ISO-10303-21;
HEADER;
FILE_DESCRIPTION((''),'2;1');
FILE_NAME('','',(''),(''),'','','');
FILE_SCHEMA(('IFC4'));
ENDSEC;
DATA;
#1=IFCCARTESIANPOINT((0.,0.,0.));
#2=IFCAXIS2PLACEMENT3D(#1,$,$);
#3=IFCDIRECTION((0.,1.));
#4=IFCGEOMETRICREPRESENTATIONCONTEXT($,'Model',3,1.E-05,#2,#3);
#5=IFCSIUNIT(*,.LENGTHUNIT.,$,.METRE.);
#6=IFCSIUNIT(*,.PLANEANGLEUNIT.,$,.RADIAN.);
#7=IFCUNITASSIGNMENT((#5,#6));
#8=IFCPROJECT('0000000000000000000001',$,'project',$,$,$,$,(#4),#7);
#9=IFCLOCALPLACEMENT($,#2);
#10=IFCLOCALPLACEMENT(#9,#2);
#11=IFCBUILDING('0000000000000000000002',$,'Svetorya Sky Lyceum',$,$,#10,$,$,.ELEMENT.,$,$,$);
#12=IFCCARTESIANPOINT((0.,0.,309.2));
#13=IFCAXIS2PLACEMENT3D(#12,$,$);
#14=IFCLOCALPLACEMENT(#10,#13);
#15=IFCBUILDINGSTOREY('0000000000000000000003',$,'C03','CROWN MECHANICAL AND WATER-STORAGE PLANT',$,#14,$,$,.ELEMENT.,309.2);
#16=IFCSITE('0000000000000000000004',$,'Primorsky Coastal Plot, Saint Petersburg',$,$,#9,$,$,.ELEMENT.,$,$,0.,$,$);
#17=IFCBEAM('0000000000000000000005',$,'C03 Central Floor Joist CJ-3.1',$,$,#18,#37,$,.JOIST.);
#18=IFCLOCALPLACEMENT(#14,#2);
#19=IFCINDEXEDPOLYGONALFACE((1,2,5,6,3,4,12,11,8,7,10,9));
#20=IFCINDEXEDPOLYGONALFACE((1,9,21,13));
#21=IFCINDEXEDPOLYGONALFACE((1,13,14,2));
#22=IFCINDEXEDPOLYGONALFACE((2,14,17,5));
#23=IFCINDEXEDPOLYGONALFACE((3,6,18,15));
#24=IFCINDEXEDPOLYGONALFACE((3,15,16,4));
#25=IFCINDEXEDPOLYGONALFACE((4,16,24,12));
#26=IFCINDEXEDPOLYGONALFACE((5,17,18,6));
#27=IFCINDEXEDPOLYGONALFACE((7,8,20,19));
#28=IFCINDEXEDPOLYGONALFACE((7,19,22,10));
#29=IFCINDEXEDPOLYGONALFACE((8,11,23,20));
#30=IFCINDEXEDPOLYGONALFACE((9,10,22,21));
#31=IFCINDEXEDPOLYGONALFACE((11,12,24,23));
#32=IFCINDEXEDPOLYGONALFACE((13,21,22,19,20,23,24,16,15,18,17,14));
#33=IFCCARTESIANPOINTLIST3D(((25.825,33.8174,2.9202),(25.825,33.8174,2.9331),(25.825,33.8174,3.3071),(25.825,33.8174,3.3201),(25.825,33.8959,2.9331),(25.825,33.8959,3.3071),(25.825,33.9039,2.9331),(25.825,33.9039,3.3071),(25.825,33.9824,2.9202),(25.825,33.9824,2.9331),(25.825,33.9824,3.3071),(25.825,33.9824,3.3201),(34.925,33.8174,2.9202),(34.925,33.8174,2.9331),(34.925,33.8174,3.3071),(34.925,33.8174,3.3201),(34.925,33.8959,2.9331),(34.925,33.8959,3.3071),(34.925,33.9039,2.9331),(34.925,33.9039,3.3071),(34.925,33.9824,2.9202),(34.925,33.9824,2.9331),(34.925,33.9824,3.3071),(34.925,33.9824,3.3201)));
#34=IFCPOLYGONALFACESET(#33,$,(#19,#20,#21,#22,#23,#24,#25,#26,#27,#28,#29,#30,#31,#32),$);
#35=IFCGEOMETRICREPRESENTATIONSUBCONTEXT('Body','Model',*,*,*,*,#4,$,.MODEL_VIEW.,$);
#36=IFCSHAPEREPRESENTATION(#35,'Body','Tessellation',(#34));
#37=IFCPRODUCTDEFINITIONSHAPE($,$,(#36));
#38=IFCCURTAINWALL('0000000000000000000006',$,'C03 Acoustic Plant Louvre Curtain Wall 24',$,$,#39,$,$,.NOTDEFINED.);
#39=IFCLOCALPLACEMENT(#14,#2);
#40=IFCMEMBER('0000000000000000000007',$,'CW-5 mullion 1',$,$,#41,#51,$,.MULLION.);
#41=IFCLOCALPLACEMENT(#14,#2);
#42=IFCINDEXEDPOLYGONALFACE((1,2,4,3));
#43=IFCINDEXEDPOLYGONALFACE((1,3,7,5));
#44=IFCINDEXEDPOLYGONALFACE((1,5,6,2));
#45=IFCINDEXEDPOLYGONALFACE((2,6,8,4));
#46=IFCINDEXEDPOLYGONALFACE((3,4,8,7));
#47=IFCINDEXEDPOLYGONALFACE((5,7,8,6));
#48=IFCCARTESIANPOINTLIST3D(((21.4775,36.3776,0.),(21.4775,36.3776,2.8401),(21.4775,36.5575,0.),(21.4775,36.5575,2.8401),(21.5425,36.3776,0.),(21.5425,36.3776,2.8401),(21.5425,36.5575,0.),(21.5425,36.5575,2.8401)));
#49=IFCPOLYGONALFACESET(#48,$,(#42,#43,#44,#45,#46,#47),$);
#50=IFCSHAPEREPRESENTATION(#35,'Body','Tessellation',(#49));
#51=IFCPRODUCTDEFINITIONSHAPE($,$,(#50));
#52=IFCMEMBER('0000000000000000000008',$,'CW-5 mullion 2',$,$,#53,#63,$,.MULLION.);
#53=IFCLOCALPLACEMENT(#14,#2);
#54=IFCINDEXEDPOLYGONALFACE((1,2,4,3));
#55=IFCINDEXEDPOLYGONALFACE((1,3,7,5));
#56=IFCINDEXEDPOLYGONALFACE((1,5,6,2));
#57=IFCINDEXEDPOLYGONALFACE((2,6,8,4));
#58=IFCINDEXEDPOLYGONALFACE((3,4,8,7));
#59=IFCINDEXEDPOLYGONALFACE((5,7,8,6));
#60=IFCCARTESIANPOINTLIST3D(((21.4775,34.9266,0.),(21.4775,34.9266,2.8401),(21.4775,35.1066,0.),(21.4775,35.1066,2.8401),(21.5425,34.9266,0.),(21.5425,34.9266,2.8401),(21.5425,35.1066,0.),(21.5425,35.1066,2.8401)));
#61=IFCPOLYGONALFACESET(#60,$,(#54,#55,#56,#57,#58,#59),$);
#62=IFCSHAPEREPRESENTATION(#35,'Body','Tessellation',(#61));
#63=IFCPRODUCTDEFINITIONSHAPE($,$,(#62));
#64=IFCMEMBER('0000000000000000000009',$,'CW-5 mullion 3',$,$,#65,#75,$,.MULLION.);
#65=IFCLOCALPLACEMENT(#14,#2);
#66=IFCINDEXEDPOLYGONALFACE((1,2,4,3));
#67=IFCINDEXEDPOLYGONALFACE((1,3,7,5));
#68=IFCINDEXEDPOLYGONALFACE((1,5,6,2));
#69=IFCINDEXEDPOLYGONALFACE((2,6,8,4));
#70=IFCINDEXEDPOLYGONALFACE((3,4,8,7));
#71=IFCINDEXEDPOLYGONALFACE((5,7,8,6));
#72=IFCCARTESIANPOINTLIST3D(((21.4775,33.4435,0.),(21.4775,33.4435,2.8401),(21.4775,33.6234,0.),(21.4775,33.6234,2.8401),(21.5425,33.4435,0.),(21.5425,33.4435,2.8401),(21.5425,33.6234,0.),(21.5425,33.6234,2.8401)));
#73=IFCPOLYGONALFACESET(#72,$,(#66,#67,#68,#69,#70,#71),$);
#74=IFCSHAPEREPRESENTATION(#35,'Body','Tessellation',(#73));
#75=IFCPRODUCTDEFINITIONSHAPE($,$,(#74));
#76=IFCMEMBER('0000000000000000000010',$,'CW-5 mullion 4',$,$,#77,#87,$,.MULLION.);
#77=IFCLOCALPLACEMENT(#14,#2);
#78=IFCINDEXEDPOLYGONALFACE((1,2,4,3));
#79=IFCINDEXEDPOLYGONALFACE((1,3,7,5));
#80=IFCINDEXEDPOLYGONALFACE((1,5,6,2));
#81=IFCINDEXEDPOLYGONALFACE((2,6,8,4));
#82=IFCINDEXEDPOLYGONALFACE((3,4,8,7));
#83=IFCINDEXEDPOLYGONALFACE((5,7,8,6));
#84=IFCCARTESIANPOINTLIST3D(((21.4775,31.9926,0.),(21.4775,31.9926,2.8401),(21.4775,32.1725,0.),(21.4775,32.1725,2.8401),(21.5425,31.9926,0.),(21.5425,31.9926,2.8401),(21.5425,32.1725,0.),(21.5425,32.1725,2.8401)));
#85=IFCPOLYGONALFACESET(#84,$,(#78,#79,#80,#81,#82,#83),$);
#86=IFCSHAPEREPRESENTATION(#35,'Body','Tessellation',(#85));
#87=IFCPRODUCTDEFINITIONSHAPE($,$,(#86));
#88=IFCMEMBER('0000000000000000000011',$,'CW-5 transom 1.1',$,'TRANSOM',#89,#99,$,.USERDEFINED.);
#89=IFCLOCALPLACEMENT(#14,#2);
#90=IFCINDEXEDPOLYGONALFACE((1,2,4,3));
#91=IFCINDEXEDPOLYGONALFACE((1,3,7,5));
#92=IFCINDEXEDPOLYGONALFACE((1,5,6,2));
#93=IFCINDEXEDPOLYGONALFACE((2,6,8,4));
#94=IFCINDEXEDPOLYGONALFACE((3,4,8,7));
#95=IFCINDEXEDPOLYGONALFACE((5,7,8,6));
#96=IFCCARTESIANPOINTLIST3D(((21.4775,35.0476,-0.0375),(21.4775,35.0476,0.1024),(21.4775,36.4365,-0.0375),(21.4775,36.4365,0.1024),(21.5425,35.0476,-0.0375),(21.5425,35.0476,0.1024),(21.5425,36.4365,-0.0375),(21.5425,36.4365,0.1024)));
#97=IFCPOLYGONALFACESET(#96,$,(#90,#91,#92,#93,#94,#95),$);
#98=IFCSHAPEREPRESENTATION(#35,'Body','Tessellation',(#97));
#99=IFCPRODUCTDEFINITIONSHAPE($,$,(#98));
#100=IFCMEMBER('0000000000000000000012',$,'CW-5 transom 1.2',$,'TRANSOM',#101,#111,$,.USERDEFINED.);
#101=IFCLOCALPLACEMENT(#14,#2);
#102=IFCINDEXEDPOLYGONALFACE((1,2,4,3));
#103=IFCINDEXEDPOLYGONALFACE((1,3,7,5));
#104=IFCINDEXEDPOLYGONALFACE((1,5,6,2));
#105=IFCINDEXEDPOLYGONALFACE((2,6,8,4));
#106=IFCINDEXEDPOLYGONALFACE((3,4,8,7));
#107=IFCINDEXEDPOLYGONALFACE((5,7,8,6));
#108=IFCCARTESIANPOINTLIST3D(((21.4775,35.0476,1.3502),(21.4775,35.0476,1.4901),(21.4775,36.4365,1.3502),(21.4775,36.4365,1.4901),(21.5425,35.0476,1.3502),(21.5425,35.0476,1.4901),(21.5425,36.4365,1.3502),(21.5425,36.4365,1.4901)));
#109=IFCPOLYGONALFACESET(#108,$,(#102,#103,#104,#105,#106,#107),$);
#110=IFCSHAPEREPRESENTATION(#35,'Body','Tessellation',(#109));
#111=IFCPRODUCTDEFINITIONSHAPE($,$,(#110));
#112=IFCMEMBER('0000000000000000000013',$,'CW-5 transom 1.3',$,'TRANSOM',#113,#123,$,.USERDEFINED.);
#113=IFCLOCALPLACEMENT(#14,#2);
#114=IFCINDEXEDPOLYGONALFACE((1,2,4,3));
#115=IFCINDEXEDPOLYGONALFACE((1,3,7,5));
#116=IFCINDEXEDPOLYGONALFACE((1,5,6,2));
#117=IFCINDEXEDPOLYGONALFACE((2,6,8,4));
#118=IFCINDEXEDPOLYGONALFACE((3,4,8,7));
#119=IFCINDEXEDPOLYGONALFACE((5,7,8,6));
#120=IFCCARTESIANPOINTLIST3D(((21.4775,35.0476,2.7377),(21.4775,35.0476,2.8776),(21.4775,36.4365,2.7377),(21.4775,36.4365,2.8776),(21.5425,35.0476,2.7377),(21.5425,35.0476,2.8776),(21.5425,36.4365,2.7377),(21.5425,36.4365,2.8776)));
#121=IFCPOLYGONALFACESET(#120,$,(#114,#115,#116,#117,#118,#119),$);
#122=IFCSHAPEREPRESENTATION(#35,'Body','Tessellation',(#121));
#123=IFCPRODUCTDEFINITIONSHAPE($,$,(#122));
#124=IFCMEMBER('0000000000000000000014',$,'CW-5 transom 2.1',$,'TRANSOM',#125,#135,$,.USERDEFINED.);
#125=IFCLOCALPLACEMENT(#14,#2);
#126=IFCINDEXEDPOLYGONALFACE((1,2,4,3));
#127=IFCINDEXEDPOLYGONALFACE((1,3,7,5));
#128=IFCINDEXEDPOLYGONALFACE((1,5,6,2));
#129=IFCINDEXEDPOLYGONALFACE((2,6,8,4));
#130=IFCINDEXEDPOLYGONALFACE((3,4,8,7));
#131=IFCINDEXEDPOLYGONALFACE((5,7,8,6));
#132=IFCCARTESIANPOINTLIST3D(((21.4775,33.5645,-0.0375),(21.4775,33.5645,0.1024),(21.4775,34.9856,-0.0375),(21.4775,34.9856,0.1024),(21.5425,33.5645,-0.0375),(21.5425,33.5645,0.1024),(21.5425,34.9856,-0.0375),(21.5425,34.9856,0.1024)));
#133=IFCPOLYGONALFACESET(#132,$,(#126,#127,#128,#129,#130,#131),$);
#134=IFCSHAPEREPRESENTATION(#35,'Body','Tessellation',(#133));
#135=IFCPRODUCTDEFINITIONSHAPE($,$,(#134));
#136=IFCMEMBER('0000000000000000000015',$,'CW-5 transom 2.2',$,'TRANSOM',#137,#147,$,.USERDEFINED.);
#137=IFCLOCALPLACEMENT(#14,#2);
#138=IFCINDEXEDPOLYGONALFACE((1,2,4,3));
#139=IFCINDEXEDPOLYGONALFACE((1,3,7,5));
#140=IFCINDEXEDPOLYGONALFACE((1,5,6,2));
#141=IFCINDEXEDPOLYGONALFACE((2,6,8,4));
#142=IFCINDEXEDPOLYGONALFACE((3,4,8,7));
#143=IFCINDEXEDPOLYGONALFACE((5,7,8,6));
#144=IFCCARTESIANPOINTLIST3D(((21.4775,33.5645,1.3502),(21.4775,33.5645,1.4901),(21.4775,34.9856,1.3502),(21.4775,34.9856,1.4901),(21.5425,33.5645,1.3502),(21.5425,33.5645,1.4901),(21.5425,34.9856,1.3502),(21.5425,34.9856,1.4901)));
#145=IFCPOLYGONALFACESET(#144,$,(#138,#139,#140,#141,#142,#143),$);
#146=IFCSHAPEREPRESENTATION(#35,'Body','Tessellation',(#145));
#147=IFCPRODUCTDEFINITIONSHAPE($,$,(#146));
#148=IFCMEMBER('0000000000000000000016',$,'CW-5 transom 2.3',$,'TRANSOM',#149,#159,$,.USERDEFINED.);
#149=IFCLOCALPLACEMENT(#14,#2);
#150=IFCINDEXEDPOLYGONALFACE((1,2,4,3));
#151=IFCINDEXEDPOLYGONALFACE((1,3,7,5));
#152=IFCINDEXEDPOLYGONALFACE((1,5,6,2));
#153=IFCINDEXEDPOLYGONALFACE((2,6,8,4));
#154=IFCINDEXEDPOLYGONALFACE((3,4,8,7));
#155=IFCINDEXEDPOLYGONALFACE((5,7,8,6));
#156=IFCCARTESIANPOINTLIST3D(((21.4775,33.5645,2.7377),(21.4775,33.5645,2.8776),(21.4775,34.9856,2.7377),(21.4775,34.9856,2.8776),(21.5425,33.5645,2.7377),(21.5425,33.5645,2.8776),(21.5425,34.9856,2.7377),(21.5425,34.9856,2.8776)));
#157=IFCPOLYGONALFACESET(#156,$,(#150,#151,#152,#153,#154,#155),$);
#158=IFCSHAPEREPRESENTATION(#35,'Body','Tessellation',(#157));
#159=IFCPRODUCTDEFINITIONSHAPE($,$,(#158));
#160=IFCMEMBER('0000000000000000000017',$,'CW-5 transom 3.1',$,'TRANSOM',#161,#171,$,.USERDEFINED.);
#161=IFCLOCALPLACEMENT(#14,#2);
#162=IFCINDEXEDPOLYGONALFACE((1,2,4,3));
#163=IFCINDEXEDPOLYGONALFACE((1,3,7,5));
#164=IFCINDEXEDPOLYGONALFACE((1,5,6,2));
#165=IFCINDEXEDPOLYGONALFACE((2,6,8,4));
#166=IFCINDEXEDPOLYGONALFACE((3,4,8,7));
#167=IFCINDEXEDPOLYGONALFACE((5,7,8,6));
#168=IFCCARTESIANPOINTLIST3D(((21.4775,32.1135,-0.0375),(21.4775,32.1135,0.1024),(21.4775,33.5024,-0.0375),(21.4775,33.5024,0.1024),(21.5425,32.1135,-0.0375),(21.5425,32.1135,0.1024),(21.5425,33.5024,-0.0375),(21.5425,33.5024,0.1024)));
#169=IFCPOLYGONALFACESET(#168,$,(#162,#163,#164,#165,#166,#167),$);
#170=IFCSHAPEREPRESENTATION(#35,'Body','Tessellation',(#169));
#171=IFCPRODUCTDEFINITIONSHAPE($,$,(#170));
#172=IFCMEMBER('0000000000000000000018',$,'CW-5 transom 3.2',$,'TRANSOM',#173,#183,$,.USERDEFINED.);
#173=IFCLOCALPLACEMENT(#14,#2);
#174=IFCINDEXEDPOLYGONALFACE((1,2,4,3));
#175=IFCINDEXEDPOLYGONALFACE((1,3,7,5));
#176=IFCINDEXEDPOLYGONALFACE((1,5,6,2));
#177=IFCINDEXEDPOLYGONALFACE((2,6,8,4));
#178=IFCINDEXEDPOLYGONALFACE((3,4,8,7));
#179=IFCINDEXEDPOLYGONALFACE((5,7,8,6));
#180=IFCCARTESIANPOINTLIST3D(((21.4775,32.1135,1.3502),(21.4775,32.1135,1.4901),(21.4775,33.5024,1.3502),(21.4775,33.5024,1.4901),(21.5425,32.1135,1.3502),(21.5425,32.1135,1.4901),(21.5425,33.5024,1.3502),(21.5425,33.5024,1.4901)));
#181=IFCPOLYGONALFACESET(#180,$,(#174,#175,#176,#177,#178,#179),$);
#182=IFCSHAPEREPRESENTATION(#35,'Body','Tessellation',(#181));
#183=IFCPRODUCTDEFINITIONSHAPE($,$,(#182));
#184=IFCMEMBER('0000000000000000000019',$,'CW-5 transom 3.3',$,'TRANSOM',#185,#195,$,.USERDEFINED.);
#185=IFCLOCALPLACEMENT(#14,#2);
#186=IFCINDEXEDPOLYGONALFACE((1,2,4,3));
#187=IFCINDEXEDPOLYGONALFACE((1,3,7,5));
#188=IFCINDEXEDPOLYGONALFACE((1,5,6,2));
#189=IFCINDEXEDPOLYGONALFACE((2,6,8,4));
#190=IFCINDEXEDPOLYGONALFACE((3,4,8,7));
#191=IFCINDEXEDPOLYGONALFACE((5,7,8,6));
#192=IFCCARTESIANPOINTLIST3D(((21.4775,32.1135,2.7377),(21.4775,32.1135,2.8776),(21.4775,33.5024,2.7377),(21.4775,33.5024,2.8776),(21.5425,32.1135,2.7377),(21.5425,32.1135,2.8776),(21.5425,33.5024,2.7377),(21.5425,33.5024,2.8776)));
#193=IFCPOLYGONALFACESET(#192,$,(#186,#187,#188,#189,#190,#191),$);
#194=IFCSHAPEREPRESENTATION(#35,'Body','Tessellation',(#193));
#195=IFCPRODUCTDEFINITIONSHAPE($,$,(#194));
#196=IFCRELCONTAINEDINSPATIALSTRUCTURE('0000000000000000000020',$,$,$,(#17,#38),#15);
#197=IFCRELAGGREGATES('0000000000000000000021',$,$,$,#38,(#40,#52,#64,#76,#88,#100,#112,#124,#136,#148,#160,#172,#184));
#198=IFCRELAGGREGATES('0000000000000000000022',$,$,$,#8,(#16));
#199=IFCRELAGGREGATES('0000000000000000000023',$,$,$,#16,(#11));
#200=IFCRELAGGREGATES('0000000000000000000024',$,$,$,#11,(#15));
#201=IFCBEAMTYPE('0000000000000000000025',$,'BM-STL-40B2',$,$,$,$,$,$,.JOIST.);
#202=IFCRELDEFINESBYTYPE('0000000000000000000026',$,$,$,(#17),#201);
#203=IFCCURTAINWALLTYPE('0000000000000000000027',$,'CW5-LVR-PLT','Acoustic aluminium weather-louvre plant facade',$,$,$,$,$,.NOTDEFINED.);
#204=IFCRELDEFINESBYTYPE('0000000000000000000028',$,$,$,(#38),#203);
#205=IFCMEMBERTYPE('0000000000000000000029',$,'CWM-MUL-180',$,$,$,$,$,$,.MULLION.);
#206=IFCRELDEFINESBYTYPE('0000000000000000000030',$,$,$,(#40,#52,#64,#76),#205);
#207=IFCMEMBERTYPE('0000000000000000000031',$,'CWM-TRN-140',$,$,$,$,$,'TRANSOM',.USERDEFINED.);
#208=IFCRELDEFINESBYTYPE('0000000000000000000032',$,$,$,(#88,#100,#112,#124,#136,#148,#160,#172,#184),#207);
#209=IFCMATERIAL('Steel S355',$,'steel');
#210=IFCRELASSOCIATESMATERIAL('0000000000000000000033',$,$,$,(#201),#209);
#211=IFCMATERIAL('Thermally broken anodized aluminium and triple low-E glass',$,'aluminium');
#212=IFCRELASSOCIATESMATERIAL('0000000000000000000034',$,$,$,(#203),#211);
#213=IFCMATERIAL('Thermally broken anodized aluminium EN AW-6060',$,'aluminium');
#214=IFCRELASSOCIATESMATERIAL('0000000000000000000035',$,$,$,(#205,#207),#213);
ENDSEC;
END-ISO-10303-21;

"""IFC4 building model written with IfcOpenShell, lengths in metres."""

from ifc_helpers import new_model, si_unit, direction, frame, origin, origin_2d, place, context, subcontext, project, spatial, rectangle, i_section, extrude, material, material_profile, profile_set, type_object, element, aggregate, save


model = new_model("IFC4")

# Units and contexts
model_context = context("Model", 3, precision=1e-05, world=origin(), true_north=direction((0.0, 1.0)))
body_context = subcontext(model_context, "Body", "Model", "MODEL_VIEW")
ifc_project = project(units=[si_unit("LENGTHUNIT", "METRE"), si_unit("PLANEANGLEUNIT", "RADIAN")], contexts=[model_context])

# Site, building, storey
site_placement = place(None, origin())
site = spatial("IfcSite", under=ifc_project, at=site_placement, Name="Primorsky Coastal Plot, Saint Petersburg", CompositionType="ELEMENT", RefElevation=0.0)
building_placement = place(site_placement, origin())
building = spatial("IfcBuilding", under=site, at=building_placement, Name="Svetorya Sky Lyceum", CompositionType="ELEMENT")
storey_placement = place(building_placement, frame((0.0, 0.0, 309.2)))
storey = spatial("IfcBuildingStorey", under=building, at=storey_placement, Name="C03", Description="CROWN MECHANICAL AND WATER-STORAGE PLANT", CompositionType="ELEMENT", Elevation=309.2)

# Beam
ifc_material_1 = material(Name="Steel S355", Category="steel")
ifc_material_profile_1 = material_profile(ifc_material_1, i_section(OverallWidth=0.165, OverallDepth=0.3999, WebThickness=0.0081, FlangeThickness=0.0129, at=origin_2d()), Name="GOST 40B2")
ifc_profile_set_1 = profile_set([ifc_material_profile_1], Name="Steel S355")
beam_type = type_object("IfcBeamType", Name="BM-STL-40B2", PredefinedType="JOIST", material=ifc_profile_set_1)
beam_placement = place(storey_placement, frame((25.825, 33.8999, 3.1201), z_axis=(1.0, 0.0, 0.0), x_axis=(0.0, 1.0, 0.0)))
element("IfcBeam", 1, at=beam_placement, inside=storey, type_object=beam_type, Name="C03 Central Floor Joist CJ-3.1", PredefinedType="JOIST", context=body_context, shape_type="SweptSolid", body=[
    extrude(i_section(OverallWidth=0.165, OverallDepth=0.3999, WebThickness=0.0081, FlangeThickness=0.0129, at=origin_2d()), origin(), (0.0, 0.0, 1.0), 9.1001),
])

# Curtain wall, members
ifc_material_2 = material(Name="Thermally broken anodized aluminium and triple low-E glass", Category="aluminium")
curtain_wall_type = type_object("IfcCurtainWallType", Name="CW5-LVR-PLT", Description="Acoustic aluminium weather-louvre plant facade", PredefinedType="NOTDEFINED", material=ifc_material_2)
curtain_wall_placement = place(storey_placement, origin())
curtain_wall = element("IfcCurtainWall", 2, at=curtain_wall_placement, inside=storey, type_object=curtain_wall_type, Name="C03 Acoustic Plant Louvre Curtain Wall 24", PredefinedType="NOTDEFINED")
ifc_material_3 = material(Name="Thermally broken anodized aluminium EN AW-6060", Category="aluminium")
ifc_material_profile_2 = material_profile(ifc_material_3, rectangle(XDim=0.0649, YDim=0.1799, at=origin_2d()), Name="ALU MULLION 65x180")
ifc_profile_set_2 = profile_set([ifc_material_profile_2], Name="Thermally broken anodized aluminium EN AW-6060")
member_type_1 = type_object("IfcMemberType", Name="CWM-MUL-180", PredefinedType="MULLION", material=ifc_profile_set_2)
member_1_placement = place(storey_placement, frame((21.51, 36.4675, 0.0), z_axis=(0.0, 0.0, 1.0), x_axis=(1.0, 0.0, 0.0)))
member_1 = element("IfcMember", 3, at=member_1_placement, type_object=member_type_1, Name="CW-5 mullion 1", PredefinedType="MULLION", context=body_context, shape_type="SweptSolid", body=[
    extrude(rectangle(XDim=0.0649, YDim=0.1799, at=origin_2d()), origin(), (0.0, 0.0, 1.0), 2.8401),
])
member_2_placement = place(storey_placement, frame((21.51, 35.0166, 0.0), z_axis=(0.0, 0.0, 1.0), x_axis=(1.0, 0.0, 0.0)))
member_2 = element("IfcMember", 4, at=member_2_placement, type_object=member_type_1, Name="CW-5 mullion 2", PredefinedType="MULLION", context=body_context, shape_type="SweptSolid", body=[
    extrude(rectangle(XDim=0.0649, YDim=0.1799, at=origin_2d()), origin(), (0.0, 0.0, 1.0), 2.8401),
])
member_3_placement = place(storey_placement, frame((21.51, 33.5334, 0.0), z_axis=(0.0, 0.0, 1.0), x_axis=(1.0, 0.0, 0.0)))
member_3 = element("IfcMember", 5, at=member_3_placement, type_object=member_type_1, Name="CW-5 mullion 3", PredefinedType="MULLION", context=body_context, shape_type="SweptSolid", body=[
    extrude(rectangle(XDim=0.0649, YDim=0.1799, at=origin_2d()), origin(), (0.0, 0.0, 1.0), 2.8401),
])
member_4_placement = place(storey_placement, frame((21.51, 32.0825, 0.0), z_axis=(0.0, 0.0, 1.0), x_axis=(1.0, 0.0, 0.0)))
member_4 = element("IfcMember", 6, at=member_4_placement, type_object=member_type_1, Name="CW-5 mullion 4", PredefinedType="MULLION", context=body_context, shape_type="SweptSolid", body=[
    extrude(rectangle(XDim=0.0649, YDim=0.1799, at=origin_2d()), origin(), (0.0, 0.0, 1.0), 2.8401),
])
ifc_material_profile_3 = material_profile(ifc_material_3, rectangle(XDim=0.0649, YDim=0.1399, at=origin_2d()), Name="ALU TRANSOM 65x140")
ifc_profile_set_3 = profile_set([ifc_material_profile_3], Name="Thermally broken anodized aluminium EN AW-6060")
member_type_2 = type_object("IfcMemberType", Name="CWM-TRN-140", ElementType="TRANSOM", PredefinedType="USERDEFINED", material=ifc_profile_set_3)
member_5_placement = place(storey_placement, frame((21.51, 36.4365, 0.0325), z_axis=(0.0, -1.0, 0.0), x_axis=(1.0, 0.0, 0.0)))
member_5 = element("IfcMember", 7, at=member_5_placement, type_object=member_type_2, Name="CW-5 transom 1.1", ObjectType="TRANSOM", PredefinedType="USERDEFINED", context=body_context, shape_type="SweptSolid", body=[
    extrude(rectangle(XDim=0.0649, YDim=0.1399, at=origin_2d()), origin(), (0.0, 0.0, 1.0), 1.3889),
])
member_6_placement = place(storey_placement, frame((21.51, 36.4365, 1.4202), z_axis=(0.0, -1.0, 0.0), x_axis=(1.0, 0.0, 0.0)))
member_6 = element("IfcMember", 8, at=member_6_placement, type_object=member_type_2, Name="CW-5 transom 1.2", ObjectType="TRANSOM", PredefinedType="USERDEFINED", context=body_context, shape_type="SweptSolid", body=[
    extrude(rectangle(XDim=0.0649, YDim=0.1399, at=origin_2d()), origin(), (0.0, 0.0, 1.0), 1.3889),
])
member_7_placement = place(storey_placement, frame((21.51, 36.4365, 2.8076), z_axis=(0.0, -1.0, 0.0), x_axis=(1.0, 0.0, 0.0)))
member_7 = element("IfcMember", 9, at=member_7_placement, type_object=member_type_2, Name="CW-5 transom 1.3", ObjectType="TRANSOM", PredefinedType="USERDEFINED", context=body_context, shape_type="SweptSolid", body=[
    extrude(rectangle(XDim=0.0649, YDim=0.1399, at=origin_2d()), origin(), (0.0, 0.0, 1.0), 1.3889),
])
member_8_placement = place(storey_placement, frame((21.51, 34.9856, 0.0325), z_axis=(0.0, -1.0, 0.0), x_axis=(1.0, 0.0, 0.0)))
member_8 = element("IfcMember", 10, at=member_8_placement, type_object=member_type_2, Name="CW-5 transom 2.1", ObjectType="TRANSOM", PredefinedType="USERDEFINED", context=body_context, shape_type="SweptSolid", body=[
    extrude(rectangle(XDim=0.0649, YDim=0.1399, at=origin_2d()), origin(), (0.0, 0.0, 1.0), 1.4211),
])
member_9_placement = place(storey_placement, frame((21.51, 34.9856, 1.4202), z_axis=(0.0, -1.0, 0.0), x_axis=(1.0, 0.0, 0.0)))
member_9 = element("IfcMember", 11, at=member_9_placement, type_object=member_type_2, Name="CW-5 transom 2.2", ObjectType="TRANSOM", PredefinedType="USERDEFINED", context=body_context, shape_type="SweptSolid", body=[
    extrude(rectangle(XDim=0.0649, YDim=0.1399, at=origin_2d()), origin(), (0.0, 0.0, 1.0), 1.4211),
])
member_10_placement = place(storey_placement, frame((21.51, 34.9856, 2.8076), z_axis=(0.0, -1.0, 0.0), x_axis=(1.0, 0.0, 0.0)))
member_10 = element("IfcMember", 12, at=member_10_placement, type_object=member_type_2, Name="CW-5 transom 2.3", ObjectType="TRANSOM", PredefinedType="USERDEFINED", context=body_context, shape_type="SweptSolid", body=[
    extrude(rectangle(XDim=0.0649, YDim=0.1399, at=origin_2d()), origin(), (0.0, 0.0, 1.0), 1.4211),
])
member_11_placement = place(storey_placement, frame((21.51, 33.5024, 0.0325), z_axis=(0.0, -1.0, 0.0), x_axis=(1.0, 0.0, 0.0)))
member_11 = element("IfcMember", 13, at=member_11_placement, type_object=member_type_2, Name="CW-5 transom 3.1", ObjectType="TRANSOM", PredefinedType="USERDEFINED", context=body_context, shape_type="SweptSolid", body=[
    extrude(rectangle(XDim=0.0649, YDim=0.1399, at=origin_2d()), origin(), (0.0, 0.0, 1.0), 1.3889),
])
member_12_placement = place(storey_placement, frame((21.51, 33.5024, 1.4202), z_axis=(0.0, -1.0, 0.0), x_axis=(1.0, 0.0, 0.0)))
member_12 = element("IfcMember", 14, at=member_12_placement, type_object=member_type_2, Name="CW-5 transom 3.2", ObjectType="TRANSOM", PredefinedType="USERDEFINED", context=body_context, shape_type="SweptSolid", body=[
    extrude(rectangle(XDim=0.0649, YDim=0.1399, at=origin_2d()), origin(), (0.0, 0.0, 1.0), 1.3889),
])
member_13_placement = place(storey_placement, frame((21.51, 33.5024, 2.8076), z_axis=(0.0, -1.0, 0.0), x_axis=(1.0, 0.0, 0.0)))
member_13 = element("IfcMember", 15, at=member_13_placement, type_object=member_type_2, Name="CW-5 transom 3.3", ObjectType="TRANSOM", PredefinedType="USERDEFINED", context=body_context, shape_type="SweptSolid", body=[
    extrude(rectangle(XDim=0.0649, YDim=0.1399, at=origin_2d()), origin(), (0.0, 0.0, 1.0), 1.3889),
])
aggregate(curtain_wall, [member_1, member_2, member_3, member_4, member_5, member_6, member_7, member_8, member_9, member_10, member_11, member_12, member_13])

save(model, "model.ifc")
